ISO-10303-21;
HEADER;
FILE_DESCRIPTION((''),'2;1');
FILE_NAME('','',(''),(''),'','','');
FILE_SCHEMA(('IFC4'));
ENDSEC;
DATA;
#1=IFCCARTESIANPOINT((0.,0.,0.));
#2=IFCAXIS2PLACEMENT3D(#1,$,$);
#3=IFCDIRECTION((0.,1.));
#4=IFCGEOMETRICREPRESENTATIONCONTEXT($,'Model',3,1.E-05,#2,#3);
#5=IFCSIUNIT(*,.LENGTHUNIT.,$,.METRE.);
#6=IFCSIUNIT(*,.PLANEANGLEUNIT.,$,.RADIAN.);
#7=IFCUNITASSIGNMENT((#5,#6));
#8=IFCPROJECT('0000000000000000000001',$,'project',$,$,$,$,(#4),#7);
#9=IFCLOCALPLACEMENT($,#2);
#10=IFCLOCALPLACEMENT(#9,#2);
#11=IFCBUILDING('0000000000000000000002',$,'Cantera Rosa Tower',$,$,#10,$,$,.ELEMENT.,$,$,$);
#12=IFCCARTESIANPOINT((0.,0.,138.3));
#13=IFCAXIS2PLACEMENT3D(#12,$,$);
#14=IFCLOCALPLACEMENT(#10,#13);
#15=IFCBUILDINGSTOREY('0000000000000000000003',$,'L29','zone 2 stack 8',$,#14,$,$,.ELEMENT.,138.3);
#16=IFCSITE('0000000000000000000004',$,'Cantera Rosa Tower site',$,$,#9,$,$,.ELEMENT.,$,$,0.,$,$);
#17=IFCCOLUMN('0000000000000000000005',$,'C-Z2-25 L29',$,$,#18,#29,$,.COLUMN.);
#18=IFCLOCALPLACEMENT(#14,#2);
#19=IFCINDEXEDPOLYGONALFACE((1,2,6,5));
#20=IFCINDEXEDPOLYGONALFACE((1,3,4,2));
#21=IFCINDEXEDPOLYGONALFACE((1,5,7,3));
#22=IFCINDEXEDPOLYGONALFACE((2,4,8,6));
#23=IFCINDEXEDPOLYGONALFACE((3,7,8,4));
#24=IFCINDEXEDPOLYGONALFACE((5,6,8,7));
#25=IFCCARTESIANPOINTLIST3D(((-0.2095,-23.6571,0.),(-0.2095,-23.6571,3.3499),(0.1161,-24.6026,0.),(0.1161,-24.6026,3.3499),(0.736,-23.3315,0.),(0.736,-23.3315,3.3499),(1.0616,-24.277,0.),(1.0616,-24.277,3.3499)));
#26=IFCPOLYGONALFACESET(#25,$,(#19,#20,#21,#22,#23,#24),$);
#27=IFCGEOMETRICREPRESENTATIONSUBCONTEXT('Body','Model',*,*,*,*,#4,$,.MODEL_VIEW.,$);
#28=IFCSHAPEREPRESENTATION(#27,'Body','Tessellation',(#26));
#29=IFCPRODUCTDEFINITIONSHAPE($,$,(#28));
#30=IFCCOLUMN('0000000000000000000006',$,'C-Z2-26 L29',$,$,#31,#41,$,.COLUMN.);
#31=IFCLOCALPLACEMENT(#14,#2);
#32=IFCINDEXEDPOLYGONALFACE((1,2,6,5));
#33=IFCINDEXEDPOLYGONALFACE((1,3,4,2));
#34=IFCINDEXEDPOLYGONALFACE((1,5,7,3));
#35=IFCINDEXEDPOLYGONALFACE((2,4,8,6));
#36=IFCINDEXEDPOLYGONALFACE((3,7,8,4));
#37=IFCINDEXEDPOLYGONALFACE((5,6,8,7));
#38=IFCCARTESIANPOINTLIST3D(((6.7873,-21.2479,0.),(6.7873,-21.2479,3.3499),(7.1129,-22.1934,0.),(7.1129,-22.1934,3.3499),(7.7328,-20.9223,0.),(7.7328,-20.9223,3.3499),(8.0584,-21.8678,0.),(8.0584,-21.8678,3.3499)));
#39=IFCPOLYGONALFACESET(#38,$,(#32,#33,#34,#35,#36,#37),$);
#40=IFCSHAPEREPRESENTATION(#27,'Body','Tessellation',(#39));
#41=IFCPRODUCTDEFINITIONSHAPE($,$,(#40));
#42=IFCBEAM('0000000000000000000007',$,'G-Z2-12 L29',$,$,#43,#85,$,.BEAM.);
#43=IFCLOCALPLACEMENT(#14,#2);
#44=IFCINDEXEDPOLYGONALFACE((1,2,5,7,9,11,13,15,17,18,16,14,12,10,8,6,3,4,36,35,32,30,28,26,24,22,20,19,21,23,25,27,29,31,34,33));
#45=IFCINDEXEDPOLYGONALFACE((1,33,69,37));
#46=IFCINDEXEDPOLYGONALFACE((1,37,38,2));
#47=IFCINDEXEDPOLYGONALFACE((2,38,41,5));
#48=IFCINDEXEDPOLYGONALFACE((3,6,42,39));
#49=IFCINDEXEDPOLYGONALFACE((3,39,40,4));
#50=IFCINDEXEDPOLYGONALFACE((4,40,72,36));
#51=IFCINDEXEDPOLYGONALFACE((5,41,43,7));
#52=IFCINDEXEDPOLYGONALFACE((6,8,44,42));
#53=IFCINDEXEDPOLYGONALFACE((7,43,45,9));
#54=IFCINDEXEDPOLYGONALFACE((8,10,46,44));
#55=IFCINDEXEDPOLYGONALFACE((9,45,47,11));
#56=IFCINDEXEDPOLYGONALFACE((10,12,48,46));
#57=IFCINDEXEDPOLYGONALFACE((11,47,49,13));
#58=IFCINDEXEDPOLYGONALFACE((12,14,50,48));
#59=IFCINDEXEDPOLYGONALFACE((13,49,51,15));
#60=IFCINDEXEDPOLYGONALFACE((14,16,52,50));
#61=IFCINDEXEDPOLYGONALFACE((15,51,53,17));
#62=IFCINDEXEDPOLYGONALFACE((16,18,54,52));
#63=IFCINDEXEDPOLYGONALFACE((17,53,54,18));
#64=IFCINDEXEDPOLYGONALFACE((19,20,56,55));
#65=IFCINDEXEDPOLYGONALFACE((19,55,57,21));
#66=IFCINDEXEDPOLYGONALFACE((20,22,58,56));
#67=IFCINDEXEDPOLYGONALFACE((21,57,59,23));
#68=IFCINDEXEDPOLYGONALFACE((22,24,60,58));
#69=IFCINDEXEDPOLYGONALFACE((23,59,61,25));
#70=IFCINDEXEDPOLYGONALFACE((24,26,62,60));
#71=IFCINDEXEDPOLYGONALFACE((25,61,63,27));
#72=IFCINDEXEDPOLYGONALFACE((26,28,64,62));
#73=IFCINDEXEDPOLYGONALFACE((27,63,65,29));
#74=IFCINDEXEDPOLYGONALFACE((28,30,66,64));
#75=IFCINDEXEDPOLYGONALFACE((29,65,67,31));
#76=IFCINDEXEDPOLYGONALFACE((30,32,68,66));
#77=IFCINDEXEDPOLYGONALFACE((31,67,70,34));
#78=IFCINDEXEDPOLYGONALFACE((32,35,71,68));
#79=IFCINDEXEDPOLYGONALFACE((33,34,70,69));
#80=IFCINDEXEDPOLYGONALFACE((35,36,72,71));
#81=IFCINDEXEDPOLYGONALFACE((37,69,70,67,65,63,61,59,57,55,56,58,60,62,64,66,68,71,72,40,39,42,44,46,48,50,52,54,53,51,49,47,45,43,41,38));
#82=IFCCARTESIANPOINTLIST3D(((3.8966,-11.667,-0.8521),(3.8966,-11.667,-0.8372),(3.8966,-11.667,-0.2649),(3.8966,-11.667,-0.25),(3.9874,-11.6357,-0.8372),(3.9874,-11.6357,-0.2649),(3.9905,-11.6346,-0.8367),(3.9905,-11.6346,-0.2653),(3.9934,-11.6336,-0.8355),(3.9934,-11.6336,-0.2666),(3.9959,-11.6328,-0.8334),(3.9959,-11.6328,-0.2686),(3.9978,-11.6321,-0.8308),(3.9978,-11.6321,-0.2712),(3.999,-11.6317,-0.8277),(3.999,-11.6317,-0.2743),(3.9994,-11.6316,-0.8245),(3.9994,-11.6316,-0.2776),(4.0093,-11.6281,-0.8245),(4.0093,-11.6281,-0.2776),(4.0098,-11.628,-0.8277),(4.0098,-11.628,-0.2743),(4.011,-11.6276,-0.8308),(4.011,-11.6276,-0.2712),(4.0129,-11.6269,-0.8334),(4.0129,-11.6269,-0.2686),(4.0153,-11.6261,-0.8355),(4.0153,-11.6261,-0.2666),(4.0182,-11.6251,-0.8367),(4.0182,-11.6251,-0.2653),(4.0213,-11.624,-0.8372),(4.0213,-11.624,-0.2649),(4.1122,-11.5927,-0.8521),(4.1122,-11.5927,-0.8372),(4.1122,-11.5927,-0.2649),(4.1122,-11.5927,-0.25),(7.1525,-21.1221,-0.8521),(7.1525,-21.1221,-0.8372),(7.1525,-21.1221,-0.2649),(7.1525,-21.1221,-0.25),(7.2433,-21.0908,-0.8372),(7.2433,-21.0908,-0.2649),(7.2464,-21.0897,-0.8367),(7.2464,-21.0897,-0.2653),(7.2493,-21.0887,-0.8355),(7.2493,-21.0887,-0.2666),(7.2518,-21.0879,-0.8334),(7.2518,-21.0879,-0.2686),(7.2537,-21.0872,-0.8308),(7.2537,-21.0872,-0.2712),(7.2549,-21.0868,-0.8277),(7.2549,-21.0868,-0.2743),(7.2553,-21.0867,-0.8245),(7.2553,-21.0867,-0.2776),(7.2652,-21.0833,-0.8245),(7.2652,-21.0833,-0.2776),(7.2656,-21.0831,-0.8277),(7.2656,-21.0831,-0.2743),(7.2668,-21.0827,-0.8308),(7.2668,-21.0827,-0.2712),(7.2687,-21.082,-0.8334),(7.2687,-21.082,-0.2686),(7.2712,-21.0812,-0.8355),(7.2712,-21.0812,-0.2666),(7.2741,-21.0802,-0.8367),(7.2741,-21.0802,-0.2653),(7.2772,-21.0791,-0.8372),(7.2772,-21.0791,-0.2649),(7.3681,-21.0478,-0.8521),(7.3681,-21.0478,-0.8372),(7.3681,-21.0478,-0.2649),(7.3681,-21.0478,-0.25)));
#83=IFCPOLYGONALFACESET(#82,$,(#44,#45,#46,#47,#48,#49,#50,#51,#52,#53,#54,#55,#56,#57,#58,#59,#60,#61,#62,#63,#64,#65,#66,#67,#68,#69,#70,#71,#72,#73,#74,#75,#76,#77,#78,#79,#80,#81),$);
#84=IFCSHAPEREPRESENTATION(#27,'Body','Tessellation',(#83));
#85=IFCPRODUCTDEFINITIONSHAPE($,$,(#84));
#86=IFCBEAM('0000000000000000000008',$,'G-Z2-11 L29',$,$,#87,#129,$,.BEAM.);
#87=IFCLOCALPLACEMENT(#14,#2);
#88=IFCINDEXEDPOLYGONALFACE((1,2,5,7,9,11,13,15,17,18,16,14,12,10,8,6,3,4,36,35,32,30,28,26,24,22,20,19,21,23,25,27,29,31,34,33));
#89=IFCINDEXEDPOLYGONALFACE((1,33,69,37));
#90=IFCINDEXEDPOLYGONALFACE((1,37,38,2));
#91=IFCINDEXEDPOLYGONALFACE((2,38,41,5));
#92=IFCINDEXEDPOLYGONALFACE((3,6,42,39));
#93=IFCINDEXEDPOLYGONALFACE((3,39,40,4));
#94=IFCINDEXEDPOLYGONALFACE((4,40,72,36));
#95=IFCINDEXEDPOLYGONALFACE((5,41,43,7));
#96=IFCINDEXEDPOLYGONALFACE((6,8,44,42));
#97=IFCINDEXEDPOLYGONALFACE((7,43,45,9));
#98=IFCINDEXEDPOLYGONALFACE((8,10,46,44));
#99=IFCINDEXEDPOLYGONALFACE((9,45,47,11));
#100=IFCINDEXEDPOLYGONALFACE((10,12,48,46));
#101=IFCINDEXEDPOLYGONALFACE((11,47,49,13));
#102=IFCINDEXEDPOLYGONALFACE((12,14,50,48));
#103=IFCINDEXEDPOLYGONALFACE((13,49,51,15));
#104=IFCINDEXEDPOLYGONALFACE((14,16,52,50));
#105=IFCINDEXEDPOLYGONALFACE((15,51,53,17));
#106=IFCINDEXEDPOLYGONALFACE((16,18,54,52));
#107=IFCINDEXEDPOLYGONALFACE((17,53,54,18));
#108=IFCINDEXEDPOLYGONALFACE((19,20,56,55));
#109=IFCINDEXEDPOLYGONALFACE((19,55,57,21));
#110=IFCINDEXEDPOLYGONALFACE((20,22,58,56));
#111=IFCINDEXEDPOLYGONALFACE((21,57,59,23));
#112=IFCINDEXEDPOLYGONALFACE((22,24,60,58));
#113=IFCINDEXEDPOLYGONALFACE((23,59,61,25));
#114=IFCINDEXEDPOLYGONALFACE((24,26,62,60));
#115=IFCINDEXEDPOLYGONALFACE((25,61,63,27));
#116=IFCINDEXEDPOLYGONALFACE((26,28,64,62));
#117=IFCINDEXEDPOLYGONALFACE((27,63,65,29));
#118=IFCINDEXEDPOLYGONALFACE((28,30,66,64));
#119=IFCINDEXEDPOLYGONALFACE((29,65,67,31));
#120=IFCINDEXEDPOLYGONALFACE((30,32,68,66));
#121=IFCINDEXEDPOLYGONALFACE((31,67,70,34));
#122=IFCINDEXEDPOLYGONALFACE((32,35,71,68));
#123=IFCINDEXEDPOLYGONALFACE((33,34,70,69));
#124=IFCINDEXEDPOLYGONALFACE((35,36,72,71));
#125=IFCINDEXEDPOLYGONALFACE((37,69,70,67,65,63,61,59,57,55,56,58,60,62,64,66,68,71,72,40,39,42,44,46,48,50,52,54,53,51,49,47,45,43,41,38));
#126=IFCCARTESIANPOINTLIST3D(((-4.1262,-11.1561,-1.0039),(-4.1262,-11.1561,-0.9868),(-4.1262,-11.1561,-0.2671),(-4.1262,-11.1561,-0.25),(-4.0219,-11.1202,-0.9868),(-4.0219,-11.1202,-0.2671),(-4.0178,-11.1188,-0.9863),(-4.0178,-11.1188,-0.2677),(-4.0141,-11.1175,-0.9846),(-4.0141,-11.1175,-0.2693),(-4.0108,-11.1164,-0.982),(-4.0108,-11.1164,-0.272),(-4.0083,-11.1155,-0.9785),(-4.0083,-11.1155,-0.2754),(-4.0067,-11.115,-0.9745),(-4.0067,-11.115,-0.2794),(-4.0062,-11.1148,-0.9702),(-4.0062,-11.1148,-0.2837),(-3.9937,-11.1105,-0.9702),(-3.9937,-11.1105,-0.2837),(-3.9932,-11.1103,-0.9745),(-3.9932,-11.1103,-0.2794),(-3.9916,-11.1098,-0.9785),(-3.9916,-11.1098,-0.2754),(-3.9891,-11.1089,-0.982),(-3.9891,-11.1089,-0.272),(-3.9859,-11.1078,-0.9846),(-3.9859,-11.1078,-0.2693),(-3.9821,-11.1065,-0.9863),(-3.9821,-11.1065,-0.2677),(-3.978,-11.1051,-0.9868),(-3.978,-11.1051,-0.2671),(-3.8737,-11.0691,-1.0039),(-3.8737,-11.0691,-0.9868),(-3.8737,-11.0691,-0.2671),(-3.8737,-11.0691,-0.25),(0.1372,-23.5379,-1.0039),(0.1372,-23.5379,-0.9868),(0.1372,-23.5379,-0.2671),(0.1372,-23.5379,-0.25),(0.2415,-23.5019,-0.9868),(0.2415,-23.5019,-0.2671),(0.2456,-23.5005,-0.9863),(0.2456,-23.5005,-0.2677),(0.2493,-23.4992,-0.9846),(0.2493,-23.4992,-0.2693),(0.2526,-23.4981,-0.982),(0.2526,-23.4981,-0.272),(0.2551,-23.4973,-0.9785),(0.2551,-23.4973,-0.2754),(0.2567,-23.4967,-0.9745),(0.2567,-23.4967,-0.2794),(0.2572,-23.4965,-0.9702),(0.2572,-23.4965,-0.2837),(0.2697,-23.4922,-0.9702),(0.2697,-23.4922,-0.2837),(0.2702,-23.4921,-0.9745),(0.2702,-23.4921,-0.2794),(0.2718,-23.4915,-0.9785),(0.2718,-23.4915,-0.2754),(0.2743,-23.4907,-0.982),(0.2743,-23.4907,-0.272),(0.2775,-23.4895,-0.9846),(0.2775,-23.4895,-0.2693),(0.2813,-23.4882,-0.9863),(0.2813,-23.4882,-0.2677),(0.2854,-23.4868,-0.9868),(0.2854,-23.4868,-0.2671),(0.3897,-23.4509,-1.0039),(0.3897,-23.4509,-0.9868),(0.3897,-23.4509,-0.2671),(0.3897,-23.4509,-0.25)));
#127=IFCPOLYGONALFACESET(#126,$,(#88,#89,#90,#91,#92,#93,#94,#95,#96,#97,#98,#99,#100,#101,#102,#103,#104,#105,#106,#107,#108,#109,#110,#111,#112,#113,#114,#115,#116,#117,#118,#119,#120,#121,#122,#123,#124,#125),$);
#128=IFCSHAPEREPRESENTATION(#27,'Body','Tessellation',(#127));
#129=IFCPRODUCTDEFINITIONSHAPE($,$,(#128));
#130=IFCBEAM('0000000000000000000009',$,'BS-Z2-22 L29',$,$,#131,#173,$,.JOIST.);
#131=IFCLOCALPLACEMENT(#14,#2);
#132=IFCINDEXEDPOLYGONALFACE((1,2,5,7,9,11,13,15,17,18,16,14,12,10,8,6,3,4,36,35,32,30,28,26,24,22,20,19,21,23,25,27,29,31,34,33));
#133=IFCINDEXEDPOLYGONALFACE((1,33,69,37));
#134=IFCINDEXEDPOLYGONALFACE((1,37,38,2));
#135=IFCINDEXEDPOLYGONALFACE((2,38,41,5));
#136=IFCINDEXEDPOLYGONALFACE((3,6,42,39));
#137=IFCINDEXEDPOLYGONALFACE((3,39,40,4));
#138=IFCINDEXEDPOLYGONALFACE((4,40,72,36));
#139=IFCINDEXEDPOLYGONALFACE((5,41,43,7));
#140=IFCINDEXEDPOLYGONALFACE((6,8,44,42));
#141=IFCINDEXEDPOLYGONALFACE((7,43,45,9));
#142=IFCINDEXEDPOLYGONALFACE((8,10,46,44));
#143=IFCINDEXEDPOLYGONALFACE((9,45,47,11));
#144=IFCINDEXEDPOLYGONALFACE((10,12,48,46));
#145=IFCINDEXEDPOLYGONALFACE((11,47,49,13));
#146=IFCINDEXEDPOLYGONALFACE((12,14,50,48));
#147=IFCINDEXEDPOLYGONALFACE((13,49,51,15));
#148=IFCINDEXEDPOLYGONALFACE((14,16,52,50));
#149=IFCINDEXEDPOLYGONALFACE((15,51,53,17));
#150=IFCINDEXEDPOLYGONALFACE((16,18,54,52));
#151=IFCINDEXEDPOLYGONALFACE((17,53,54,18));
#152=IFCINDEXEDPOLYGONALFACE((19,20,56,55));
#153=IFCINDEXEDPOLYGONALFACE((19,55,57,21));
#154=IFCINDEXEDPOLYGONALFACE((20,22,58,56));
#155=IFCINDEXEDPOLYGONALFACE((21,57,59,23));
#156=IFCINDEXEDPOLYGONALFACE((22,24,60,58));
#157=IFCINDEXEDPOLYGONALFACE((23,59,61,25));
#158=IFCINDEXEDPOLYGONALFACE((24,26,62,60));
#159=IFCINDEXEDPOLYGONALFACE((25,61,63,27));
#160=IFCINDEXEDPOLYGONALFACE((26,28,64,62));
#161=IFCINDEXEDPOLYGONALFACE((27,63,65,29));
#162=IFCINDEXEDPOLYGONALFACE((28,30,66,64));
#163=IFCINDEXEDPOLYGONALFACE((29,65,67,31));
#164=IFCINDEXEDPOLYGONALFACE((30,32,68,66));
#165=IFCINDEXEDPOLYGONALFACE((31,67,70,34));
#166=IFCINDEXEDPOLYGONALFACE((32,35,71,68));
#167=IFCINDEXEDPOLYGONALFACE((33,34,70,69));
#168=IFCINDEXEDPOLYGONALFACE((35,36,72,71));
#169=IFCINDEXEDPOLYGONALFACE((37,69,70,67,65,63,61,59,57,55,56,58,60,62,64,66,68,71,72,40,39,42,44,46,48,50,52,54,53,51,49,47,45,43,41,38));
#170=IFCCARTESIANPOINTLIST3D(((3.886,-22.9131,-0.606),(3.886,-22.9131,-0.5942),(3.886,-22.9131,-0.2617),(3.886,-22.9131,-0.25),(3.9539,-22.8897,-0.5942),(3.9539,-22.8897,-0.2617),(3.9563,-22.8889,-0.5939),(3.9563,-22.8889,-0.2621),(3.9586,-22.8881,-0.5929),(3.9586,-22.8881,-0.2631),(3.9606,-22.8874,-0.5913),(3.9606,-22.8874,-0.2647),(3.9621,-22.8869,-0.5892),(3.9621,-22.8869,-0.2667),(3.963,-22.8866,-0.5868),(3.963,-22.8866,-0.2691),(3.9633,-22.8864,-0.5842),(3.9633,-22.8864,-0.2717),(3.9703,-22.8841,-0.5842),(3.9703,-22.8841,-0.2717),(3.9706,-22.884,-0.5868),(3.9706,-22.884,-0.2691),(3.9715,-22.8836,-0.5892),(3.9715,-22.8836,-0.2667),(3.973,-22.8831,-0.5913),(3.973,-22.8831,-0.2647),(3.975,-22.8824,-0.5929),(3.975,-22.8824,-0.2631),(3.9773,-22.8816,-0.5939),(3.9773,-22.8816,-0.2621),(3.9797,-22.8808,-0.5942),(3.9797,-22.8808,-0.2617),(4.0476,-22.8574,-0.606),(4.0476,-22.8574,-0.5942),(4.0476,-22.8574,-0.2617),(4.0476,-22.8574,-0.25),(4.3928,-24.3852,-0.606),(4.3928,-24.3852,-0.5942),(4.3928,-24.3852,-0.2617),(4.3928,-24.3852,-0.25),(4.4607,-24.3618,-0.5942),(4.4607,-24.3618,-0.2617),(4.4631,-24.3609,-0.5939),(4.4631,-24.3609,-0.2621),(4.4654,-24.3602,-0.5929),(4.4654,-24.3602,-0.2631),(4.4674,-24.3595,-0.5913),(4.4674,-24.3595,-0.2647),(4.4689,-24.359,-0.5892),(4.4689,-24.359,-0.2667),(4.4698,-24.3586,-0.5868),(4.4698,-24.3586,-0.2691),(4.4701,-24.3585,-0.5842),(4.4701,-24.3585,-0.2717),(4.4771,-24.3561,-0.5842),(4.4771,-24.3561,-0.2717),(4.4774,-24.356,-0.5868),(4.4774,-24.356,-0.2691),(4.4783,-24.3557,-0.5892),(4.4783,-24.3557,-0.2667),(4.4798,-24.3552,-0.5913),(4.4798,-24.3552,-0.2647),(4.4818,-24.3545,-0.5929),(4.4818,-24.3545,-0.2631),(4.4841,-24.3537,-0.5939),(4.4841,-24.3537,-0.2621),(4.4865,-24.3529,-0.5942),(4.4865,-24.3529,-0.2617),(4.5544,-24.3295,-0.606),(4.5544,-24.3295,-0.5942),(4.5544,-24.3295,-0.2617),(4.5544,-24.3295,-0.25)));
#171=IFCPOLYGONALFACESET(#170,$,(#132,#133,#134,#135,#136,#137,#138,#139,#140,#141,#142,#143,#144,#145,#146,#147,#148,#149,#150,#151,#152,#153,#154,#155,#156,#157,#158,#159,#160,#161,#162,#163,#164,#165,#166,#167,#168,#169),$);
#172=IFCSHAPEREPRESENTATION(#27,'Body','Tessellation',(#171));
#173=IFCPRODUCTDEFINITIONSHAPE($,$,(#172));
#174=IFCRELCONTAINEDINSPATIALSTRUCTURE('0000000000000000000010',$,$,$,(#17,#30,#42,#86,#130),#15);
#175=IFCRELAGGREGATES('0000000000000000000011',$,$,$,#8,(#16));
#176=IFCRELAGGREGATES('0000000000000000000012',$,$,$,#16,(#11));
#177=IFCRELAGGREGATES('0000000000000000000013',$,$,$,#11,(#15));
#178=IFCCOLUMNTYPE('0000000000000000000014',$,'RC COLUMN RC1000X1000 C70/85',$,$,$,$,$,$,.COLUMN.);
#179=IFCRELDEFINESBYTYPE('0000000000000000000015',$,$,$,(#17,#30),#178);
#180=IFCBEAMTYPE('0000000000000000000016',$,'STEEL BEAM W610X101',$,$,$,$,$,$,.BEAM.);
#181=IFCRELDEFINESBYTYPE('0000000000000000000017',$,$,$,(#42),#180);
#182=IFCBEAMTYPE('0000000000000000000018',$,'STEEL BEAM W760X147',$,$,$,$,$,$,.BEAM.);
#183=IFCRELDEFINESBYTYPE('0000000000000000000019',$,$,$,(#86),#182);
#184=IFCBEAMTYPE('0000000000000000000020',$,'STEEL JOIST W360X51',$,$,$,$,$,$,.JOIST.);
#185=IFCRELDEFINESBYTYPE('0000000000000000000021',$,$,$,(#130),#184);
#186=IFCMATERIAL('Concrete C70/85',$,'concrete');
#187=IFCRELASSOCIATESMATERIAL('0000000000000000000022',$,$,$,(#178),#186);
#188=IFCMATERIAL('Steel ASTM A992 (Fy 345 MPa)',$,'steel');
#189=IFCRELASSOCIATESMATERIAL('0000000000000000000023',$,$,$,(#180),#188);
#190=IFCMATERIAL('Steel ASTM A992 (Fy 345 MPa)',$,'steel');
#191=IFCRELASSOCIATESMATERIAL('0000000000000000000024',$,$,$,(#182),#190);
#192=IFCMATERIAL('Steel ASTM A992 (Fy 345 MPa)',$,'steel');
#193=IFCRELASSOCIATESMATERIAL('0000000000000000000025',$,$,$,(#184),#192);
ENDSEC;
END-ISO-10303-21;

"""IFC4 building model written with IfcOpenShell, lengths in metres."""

from ifc_helpers import new_model, si_unit, direction, frame, origin, origin_2d, place, context, subcontext, project, spatial, rectangle, i_section, extrude, material, material_profile, profile_set, type_object, element, save


model = new_model("IFC4")

# Units and contexts
model_context = context("Model", 3, precision=1e-05, world=origin(), true_north=direction((0.0, 1.0)))
body_context = subcontext(model_context, "Body", "Model", "MODEL_VIEW")
ifc_project = project(units=[si_unit("LENGTHUNIT", "METRE"), si_unit("PLANEANGLEUNIT", "RADIAN")], contexts=[model_context])

# Site, building, storey
site_placement = place(None, origin())
site = spatial("IfcSite", under=ifc_project, at=site_placement, Name="Cantera Rosa Tower site", CompositionType="ELEMENT", RefElevation=0.0)
building_placement = place(site_placement, origin())
building = spatial("IfcBuilding", under=site, at=building_placement, Name="Cantera Rosa Tower", CompositionType="ELEMENT")
storey_placement = place(building_placement, frame((0.0, 0.0, 138.3)))
storey = spatial("IfcBuildingStorey", under=building, at=storey_placement, Name="L29", Description="zone 2 stack 8", CompositionType="ELEMENT", Elevation=138.3)

# Columns
ifc_material_1 = material(Name="Concrete C70/85", Category="concrete")
ifc_material_profile_1 = material_profile(ifc_material_1, rectangle(XDim=1.0, YDim=1.0, at=origin_2d()), Name="RC COLUMN RC1000X1000 C70/85")
ifc_profile_set_1 = profile_set([ifc_material_profile_1], Name="Concrete C70/85")
column_type = type_object("IfcColumnType", Name="RC COLUMN RC1000X1000 C70/85", PredefinedType="COLUMN", material=ifc_profile_set_1)
for number, where, z_axis, x_axis, name in (
    (1, (0.426, -23.967, 0.0), (0.0, 0.0, 1.0), (0.945519, 0.325568, 0.0), "C-Z2-25 L29"),
    (2, (7.4229, -21.5579, 0.0), (0.0, 0.0, 1.0), (0.945519, 0.325568, 0.0), "C-Z2-26 L29"),
):
    element("IfcColumn", number, at=place(storey_placement, frame(where, z_axis=z_axis, x_axis=x_axis)), inside=storey, type_object=column_type, Name=name, PredefinedType="COLUMN", context=body_context, shape_type="SweptSolid", body=[
        extrude(rectangle(XDim=1.0, YDim=1.0, at=origin_2d()), origin(), (0.0, 0.0, 1.0), 3.3499),
    ])

# Beams
ifc_material_2 = material(Name="Steel ASTM A992 (Fy 345 MPa)", Category="steel")
ifc_material_profile_2 = material_profile(ifc_material_2, i_section(OverallWidth=0.228, OverallDepth=0.6021, WebThickness=0.0105, FlangeThickness=0.0149, FilletRadius=0.0127, at=origin_2d()), Name="W610X101")
ifc_profile_set_2 = profile_set([ifc_material_profile_2], Name="Steel ASTM A992 (Fy 345 MPa)")
beam_type_1 = type_object("IfcBeamType", Name="STEEL BEAM W610X101", PredefinedType="BEAM", material=ifc_profile_set_2)
beam_1_placement = place(storey_placement, frame((7.2603, -21.085, -0.551), z_axis=(-0.325587, 0.945512, 0.0), x_axis=(-0.945512, -0.325587, 0.0)))
element("IfcBeam", 3, at=beam_1_placement, inside=storey, type_object=beam_type_1, Name="G-Z2-12 L29", PredefinedType="BEAM", context=body_context, shape_type="SweptSolid", body=[
    extrude(i_section(OverallWidth=0.228, OverallDepth=0.6021, WebThickness=0.0105, FlangeThickness=0.0149, FilletRadius=0.0127, at=origin_2d()), origin(), (0.0, 0.0, 1.0), 10.0),
])
ifc_material_3 = material(Name="Steel ASTM A992 (Fy 345 MPa)", Category="steel")
ifc_material_profile_3 = material_profile(ifc_material_3, i_section(OverallWidth=0.2671, OverallDepth=0.7539, WebThickness=0.0132, FlangeThickness=0.0171, FilletRadius=0.0166, at=origin_2d()), Name="W760X147")
ifc_profile_set_3 = profile_set([ifc_material_profile_3], Name="Steel ASTM A992 (Fy 345 MPa)")
beam_type_2 = type_object("IfcBeamType", Name="STEEL BEAM W760X147", PredefinedType="BEAM", material=ifc_profile_set_3)
beam_2_placement = place(storey_placement, frame((0.2634, -23.4944, -0.627), z_axis=(-0.32557, 0.945518, 0.0), x_axis=(-0.945518, -0.32557, 0.0)))
element("IfcBeam", 4, at=beam_2_placement, inside=storey, type_object=beam_type_2, Name="G-Z2-11 L29", PredefinedType="BEAM", context=body_context, shape_type="SweptSolid", body=[
    extrude(i_section(OverallWidth=0.2671, OverallDepth=0.7539, WebThickness=0.0132, FlangeThickness=0.0171, FilletRadius=0.0166, at=origin_2d()), origin(), (0.0, 0.0, 1.0), 13.0952),
])
ifc_material_4 = material(Name="Steel ASTM A992 (Fy 345 MPa)", Category="steel")
ifc_material_profile_4 = material_profile(ifc_material_4, i_section(OverallWidth=0.1709, OverallDepth=0.356, WebThickness=0.0073, FlangeThickness=0.0117, FilletRadius=0.01, at=origin_2d()), Name="W360X51")
ifc_profile_set_4 = profile_set([ifc_material_profile_4], Name="Steel ASTM A992 (Fy 345 MPa)")
beam_type_3 = type_object("IfcBeamType", Name="STEEL JOIST W360X51", PredefinedType="JOIST", material=ifc_profile_set_4)
beam_3_placement = place(storey_placement, frame((3.9668, -22.8853, -0.428), z_axis=(0.325527, -0.945533, 0.0), x_axis=(0.945533, 0.325527, 0.0)))
element("IfcBeam", 5, at=beam_3_placement, inside=storey, type_object=beam_type_3, Name="BS-Z2-22 L29", PredefinedType="JOIST", context=body_context, shape_type="SweptSolid", body=[
    extrude(i_section(OverallWidth=0.1709, OverallDepth=0.356, WebThickness=0.0073, FlangeThickness=0.0117, FilletRadius=0.01, at=origin_2d()), origin(), (0.0, 0.0, 1.0), 1.5569),
])

save(model, "model.ifc")
